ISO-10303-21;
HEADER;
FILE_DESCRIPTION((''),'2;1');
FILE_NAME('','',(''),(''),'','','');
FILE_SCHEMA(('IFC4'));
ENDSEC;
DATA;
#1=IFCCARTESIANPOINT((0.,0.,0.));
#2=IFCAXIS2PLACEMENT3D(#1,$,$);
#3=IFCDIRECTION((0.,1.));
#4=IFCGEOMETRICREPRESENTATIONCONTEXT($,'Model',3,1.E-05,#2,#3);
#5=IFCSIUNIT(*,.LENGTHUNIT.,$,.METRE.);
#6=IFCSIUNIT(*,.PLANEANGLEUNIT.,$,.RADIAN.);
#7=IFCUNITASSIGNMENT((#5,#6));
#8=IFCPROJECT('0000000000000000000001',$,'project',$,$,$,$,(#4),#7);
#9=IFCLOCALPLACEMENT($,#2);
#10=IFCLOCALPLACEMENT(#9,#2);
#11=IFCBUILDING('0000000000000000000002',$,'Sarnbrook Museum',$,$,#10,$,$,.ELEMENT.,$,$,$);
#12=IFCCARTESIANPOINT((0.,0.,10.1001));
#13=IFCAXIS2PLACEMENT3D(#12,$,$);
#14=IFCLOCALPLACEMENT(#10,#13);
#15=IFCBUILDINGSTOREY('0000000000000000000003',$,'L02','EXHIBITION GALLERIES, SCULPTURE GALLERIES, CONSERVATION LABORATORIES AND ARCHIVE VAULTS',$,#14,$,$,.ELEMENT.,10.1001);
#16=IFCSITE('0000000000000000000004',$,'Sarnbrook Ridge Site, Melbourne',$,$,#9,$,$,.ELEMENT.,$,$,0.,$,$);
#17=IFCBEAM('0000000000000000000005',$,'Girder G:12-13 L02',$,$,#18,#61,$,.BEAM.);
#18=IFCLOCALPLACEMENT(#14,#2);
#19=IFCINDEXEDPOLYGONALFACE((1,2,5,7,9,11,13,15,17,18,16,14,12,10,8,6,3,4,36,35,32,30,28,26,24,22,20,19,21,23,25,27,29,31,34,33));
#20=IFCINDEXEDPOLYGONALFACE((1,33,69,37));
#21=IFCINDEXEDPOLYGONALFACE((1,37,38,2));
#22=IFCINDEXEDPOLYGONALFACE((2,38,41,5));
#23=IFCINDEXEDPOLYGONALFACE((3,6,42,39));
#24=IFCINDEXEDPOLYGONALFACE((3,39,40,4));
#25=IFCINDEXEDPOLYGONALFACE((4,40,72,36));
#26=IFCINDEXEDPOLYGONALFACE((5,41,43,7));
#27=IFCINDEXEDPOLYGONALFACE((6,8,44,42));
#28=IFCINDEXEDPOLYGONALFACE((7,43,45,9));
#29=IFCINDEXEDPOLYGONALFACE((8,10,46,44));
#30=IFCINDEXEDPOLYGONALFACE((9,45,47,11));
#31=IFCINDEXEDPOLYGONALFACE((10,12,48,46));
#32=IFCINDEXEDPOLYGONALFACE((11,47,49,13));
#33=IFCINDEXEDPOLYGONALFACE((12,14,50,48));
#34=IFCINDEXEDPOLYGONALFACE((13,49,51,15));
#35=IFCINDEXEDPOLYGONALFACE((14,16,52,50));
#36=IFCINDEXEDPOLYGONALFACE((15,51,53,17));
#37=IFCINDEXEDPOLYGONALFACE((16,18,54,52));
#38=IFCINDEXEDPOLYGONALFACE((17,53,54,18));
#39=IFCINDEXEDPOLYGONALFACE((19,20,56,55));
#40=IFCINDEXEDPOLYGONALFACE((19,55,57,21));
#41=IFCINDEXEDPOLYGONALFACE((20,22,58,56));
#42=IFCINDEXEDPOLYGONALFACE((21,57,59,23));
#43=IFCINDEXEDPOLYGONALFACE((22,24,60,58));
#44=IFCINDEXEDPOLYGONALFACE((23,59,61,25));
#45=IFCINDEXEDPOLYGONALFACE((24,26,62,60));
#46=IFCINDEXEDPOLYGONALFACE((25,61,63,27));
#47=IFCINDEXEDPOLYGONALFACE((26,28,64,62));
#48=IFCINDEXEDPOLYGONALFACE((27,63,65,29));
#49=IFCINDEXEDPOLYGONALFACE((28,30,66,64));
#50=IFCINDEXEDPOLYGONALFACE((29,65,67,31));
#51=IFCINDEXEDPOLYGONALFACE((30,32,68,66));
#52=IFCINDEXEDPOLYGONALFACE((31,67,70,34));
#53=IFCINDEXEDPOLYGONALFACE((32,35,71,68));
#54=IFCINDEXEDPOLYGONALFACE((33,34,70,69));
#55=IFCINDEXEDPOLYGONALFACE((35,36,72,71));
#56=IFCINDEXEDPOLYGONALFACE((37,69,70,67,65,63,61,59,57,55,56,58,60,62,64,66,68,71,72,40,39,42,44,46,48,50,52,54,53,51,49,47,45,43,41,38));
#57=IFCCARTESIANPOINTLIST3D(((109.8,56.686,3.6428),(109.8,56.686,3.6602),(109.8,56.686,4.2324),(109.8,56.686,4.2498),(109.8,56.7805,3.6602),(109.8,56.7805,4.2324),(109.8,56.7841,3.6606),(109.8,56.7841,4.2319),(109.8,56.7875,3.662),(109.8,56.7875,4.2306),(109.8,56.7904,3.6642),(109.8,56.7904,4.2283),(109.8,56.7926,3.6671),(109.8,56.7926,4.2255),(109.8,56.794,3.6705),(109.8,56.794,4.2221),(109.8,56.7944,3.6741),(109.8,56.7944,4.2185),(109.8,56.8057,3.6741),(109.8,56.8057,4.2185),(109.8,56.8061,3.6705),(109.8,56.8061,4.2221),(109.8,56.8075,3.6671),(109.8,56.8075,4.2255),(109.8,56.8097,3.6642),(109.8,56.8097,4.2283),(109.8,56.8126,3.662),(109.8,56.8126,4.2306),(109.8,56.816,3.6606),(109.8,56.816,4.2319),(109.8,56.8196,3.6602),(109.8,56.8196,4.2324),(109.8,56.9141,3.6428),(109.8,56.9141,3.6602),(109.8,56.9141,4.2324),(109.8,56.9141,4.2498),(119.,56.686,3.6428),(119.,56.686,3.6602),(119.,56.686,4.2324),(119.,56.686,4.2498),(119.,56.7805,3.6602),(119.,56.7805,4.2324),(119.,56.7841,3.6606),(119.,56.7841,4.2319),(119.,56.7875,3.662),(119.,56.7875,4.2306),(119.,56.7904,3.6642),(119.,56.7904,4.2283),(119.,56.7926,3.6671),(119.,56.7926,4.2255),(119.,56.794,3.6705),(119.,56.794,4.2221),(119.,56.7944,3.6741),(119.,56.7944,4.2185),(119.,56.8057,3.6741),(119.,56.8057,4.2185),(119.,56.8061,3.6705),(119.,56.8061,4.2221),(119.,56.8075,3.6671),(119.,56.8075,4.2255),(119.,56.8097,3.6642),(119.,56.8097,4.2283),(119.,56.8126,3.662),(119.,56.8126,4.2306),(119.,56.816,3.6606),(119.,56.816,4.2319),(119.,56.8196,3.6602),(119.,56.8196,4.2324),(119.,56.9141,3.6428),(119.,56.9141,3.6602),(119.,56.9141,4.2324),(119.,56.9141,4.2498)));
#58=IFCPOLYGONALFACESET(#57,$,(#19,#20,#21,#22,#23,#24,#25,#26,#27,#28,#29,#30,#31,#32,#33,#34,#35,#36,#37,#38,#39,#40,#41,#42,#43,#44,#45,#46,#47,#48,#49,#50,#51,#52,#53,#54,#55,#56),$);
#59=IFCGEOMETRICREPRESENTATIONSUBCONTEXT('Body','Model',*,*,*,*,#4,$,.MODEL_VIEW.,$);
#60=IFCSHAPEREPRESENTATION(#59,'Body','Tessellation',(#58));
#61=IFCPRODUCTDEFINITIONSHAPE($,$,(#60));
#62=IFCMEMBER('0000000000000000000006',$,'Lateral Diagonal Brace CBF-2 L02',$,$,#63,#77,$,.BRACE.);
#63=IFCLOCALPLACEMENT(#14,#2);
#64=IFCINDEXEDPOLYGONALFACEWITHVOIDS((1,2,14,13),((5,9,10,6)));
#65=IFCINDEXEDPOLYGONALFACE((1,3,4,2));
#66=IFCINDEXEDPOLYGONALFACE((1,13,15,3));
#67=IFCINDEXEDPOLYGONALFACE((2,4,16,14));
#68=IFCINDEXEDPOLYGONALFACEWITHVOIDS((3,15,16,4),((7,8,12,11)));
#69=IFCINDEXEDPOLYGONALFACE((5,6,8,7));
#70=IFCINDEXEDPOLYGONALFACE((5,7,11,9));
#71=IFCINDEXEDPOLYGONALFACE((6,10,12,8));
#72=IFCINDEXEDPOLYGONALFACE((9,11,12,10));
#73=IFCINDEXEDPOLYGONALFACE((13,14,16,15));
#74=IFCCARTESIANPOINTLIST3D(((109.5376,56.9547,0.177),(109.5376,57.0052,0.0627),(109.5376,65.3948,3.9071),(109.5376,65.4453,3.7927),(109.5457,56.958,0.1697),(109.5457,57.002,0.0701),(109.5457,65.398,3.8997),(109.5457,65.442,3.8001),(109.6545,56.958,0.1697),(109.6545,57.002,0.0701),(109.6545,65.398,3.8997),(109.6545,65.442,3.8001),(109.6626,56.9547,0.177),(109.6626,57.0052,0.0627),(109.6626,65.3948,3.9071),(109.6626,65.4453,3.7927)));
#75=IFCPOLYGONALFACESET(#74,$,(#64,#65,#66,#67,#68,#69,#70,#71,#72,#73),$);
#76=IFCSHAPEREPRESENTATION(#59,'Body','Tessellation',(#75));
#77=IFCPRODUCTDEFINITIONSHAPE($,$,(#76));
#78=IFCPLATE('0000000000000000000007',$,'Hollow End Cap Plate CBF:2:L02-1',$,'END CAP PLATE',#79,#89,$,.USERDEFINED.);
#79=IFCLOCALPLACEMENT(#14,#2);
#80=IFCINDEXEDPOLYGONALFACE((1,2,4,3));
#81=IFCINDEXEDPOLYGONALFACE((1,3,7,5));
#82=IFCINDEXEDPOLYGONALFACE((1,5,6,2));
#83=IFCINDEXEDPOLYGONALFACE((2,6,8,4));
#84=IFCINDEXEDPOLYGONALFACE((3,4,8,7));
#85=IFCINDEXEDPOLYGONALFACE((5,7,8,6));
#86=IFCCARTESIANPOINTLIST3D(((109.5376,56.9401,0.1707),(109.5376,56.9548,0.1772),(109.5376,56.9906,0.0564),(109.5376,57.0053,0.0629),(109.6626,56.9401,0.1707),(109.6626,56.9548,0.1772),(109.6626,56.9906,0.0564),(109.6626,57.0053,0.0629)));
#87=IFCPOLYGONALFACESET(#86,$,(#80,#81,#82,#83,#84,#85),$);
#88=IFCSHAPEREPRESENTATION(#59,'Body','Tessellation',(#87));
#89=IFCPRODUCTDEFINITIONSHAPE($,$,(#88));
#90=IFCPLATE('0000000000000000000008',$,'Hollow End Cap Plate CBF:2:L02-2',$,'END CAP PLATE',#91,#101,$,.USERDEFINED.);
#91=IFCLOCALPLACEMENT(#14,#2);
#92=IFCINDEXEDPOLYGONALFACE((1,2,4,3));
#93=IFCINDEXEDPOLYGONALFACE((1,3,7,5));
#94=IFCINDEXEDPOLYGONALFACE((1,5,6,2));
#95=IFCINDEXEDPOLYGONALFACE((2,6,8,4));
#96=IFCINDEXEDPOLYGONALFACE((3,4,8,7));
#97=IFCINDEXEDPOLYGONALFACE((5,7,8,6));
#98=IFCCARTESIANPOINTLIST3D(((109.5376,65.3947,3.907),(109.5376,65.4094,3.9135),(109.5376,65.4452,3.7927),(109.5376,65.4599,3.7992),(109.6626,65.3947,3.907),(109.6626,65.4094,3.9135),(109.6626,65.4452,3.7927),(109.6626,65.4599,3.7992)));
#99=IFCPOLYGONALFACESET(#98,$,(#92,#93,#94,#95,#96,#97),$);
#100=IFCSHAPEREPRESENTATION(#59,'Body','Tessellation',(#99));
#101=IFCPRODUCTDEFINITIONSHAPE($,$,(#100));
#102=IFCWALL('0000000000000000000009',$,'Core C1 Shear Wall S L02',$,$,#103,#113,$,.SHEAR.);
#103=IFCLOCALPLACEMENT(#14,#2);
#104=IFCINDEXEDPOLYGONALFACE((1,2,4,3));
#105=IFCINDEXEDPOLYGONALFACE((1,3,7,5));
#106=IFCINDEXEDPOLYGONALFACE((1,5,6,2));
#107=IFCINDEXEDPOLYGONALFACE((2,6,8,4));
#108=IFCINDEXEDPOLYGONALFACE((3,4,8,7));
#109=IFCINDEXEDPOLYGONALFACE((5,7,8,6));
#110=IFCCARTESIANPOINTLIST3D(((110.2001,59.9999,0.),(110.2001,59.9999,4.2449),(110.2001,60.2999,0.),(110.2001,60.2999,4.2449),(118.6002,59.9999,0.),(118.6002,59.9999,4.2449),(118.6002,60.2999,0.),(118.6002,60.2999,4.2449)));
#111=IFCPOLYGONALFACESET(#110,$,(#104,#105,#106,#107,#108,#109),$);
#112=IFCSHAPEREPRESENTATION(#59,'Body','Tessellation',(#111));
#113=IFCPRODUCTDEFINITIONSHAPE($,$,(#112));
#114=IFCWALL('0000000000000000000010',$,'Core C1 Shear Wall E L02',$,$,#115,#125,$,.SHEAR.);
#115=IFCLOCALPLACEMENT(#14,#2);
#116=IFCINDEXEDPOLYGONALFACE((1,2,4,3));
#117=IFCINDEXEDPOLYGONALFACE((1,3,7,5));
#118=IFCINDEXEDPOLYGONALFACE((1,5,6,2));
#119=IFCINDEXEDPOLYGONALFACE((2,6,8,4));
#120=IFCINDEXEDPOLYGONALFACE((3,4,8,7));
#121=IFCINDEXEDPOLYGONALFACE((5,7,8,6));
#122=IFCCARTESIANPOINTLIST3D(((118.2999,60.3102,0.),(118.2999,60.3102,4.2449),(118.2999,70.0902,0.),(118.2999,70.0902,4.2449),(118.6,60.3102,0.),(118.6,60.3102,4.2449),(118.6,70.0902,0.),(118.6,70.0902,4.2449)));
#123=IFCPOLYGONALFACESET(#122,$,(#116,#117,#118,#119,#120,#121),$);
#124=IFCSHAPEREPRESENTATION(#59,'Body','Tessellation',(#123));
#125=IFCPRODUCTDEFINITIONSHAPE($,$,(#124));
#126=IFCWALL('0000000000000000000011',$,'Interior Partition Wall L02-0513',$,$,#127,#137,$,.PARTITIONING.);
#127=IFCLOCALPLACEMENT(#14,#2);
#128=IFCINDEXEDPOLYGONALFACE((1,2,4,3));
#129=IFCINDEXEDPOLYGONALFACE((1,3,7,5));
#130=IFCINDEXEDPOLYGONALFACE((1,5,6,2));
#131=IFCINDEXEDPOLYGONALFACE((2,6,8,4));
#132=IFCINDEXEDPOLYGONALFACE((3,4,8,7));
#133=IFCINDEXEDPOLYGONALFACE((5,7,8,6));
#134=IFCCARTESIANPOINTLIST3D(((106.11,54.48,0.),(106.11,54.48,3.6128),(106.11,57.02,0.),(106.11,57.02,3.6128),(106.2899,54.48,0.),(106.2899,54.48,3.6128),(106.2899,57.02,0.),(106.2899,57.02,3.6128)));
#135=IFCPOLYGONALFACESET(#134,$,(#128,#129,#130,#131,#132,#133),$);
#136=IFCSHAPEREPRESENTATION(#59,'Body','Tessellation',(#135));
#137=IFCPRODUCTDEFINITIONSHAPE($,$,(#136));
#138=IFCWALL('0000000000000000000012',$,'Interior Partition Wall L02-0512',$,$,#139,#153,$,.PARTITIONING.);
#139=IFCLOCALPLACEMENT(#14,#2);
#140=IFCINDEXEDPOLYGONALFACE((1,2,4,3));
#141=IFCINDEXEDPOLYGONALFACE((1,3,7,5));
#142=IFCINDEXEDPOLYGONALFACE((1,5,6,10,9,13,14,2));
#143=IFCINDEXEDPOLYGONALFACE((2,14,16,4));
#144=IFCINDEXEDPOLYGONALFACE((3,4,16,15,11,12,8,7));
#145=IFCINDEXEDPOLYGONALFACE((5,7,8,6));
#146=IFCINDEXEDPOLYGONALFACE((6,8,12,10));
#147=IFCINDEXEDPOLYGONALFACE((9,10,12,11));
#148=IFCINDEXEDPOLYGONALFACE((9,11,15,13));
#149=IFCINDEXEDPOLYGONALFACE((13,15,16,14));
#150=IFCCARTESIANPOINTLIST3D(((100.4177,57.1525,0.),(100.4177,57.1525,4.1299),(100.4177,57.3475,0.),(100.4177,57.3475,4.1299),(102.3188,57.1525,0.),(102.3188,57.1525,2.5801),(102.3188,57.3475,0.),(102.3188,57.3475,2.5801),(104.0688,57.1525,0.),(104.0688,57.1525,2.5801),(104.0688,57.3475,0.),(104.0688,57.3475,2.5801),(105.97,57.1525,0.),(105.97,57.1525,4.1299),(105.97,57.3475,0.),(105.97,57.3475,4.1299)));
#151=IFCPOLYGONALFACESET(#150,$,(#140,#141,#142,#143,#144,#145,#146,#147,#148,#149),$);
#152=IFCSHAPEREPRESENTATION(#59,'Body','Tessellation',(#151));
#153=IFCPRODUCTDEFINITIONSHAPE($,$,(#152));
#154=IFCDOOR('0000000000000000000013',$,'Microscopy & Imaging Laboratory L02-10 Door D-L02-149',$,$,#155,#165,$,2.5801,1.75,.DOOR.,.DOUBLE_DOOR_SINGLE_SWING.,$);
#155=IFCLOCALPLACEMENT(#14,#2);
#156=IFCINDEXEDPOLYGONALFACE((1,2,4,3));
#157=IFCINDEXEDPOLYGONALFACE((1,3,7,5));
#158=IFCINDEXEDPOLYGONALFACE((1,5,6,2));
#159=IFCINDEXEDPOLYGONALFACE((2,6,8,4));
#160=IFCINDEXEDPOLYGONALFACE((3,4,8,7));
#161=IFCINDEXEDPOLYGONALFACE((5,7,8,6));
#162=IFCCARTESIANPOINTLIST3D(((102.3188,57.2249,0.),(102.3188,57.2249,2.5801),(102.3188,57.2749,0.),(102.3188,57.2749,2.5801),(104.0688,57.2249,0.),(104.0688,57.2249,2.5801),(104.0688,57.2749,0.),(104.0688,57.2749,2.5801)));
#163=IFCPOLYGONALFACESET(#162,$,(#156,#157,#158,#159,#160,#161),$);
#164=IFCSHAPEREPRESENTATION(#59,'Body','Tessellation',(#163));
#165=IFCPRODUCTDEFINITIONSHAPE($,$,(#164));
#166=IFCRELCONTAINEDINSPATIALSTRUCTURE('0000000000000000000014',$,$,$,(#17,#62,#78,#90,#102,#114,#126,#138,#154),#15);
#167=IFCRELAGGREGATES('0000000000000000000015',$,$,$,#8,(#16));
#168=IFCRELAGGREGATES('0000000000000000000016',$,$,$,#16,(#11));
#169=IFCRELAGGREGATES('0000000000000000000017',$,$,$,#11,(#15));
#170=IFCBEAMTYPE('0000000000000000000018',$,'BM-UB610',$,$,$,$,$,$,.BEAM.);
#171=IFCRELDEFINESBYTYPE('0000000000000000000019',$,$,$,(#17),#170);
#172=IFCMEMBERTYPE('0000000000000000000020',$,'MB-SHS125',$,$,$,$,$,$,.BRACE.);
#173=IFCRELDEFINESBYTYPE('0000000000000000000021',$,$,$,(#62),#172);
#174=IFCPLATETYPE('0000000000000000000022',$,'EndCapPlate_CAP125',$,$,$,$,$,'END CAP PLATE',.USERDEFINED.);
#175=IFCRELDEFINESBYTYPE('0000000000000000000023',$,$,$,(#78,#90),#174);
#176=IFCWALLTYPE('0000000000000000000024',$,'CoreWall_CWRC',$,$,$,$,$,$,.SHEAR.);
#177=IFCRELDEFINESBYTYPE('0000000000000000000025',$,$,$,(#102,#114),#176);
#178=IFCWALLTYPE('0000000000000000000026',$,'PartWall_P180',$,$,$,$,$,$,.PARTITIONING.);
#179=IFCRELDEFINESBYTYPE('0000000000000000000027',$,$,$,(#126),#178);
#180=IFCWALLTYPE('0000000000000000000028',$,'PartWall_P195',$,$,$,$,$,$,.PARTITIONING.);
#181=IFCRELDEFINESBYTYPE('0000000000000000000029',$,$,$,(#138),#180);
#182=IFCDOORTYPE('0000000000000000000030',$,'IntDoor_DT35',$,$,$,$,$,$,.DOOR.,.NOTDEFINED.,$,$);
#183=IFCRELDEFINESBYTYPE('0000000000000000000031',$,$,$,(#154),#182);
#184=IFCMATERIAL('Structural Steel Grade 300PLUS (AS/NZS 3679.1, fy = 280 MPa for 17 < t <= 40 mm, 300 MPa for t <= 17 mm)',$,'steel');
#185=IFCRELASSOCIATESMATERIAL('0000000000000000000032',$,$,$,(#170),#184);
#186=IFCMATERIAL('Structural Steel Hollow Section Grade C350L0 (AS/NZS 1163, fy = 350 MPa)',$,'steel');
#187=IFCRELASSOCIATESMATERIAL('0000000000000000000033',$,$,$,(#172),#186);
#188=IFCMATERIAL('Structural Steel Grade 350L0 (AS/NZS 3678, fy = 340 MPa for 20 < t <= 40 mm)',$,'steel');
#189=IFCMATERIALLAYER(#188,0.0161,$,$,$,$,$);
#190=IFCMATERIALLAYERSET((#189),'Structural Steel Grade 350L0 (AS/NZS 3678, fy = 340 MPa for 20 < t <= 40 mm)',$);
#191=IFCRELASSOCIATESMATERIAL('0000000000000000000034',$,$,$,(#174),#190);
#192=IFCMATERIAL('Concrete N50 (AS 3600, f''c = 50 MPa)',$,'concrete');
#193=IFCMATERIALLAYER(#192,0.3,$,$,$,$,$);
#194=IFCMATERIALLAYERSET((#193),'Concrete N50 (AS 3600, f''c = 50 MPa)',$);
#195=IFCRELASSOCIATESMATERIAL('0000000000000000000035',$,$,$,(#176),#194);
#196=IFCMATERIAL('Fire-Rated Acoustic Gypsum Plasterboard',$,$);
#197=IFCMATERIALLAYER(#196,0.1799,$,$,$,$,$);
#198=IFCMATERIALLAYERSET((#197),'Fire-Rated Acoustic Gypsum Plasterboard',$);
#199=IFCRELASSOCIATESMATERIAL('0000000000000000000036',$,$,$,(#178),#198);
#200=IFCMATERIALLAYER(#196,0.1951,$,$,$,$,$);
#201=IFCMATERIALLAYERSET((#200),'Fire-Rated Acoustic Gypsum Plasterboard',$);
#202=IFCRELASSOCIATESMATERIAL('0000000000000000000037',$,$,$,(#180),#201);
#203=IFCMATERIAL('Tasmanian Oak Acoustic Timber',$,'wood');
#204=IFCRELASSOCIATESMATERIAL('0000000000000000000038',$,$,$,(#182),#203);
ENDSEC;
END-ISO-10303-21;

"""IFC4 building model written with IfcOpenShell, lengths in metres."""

from ifc_helpers import new_model, si_unit, direction, frame, frame_2d, origin, origin_2d, place, context, subcontext, project, spatial, rectangle, hollow_rectangle, i_section, extrude, material, layer, layer_set, material_profile, profile_set, type_object, element, fill, save


model = new_model("IFC4")

# Units and contexts
model_context = context("Model", 3, precision=1e-05, world=origin(), true_north=direction((0.0, 1.0)))
body_context = subcontext(model_context, "Body", "Model", "MODEL_VIEW")
ifc_project = project(units=[si_unit("LENGTHUNIT", "METRE"), si_unit("PLANEANGLEUNIT", "RADIAN")], contexts=[model_context])

# Site, building, storey
site_placement = place(None, origin())
site = spatial("IfcSite", under=ifc_project, at=site_placement, Name="Sarnbrook Ridge Site, Melbourne", CompositionType="ELEMENT", RefElevation=0.0)
building_placement = place(site_placement, origin())
building = spatial("IfcBuilding", under=site, at=building_placement, Name="Sarnbrook Museum", CompositionType="ELEMENT")
storey_placement = place(building_placement, frame((0.0, 0.0, 10.1001)))
storey = spatial("IfcBuildingStorey", under=building, at=storey_placement, Name="L02", Description="EXHIBITION GALLERIES, SCULPTURE GALLERIES, CONSERVATION LABORATORIES AND ARCHIVE VAULTS", CompositionType="ELEMENT", Elevation=10.1001)

# Shared definitions
ifc_material_1 = material(Name="Structural Steel Grade 350L0 (AS/NZS 3678, fy = 340 MPa for 20 < t <= 40 mm)", Category="steel")

# Beam
ifc_material_2 = material(Name="Structural Steel Grade 300PLUS (AS/NZS 3679.1, fy = 280 MPa for 17 < t <= 40 mm, 300 MPa for t <= 17 mm)", Category="steel")
ifc_material_profile_1 = material_profile(ifc_material_2, i_section(OverallWidth=0.228, OverallDepth=0.6069, WebThickness=0.0112, FlangeThickness=0.0173, FilletRadius=0.0139, at=origin_2d()), Name="610UB113")
ifc_profile_set_1 = profile_set([ifc_material_profile_1], Name="Structural Steel Grade 300PLUS (AS/NZS 3679.1, fy = 280 MPa for 17 < t <= 40 mm, 300 MPa for t <= 17 mm)")
beam_type_1 = type_object("IfcBeamType", Name="BM-UB610", PredefinedType="BEAM", material=ifc_profile_set_1)
beam_placement = place(storey_placement, frame((109.8, 56.8, 3.9463), z_axis=(1.0, 0.0, 0.0), x_axis=(0.0, 1.0, 0.0)))
element("IfcBeam", 1, at=beam_placement, inside=storey, type_object=beam_type_1, Name="Girder G:12-13 L02", PredefinedType="BEAM", context=body_context, shape_type="SweptSolid", body=[
    extrude(i_section(OverallWidth=0.228, OverallDepth=0.6069, WebThickness=0.0112, FlangeThickness=0.0173, FilletRadius=0.0139, at=origin_2d()), origin(), (0.0, 0.0, 1.0), 9.2),
])

# Member
ifc_material_3 = material(Name="Structural Steel Hollow Section Grade C350L0 (AS/NZS 1163, fy = 350 MPa)", Category="steel")
ifc_material_profile_2 = material_profile(ifc_material_3, hollow_rectangle(XDim=0.125, YDim=0.125, WallThickness=0.0081, at=origin_2d()), Name="125x125x8.0SHS")
ifc_profile_set_2 = profile_set([ifc_material_profile_2], Name="Structural Steel Hollow Section Grade C350L0 (AS/NZS 1163, fy = 350 MPa)")
member_type = type_object("IfcMemberType", Name="MB-SHS125", PredefinedType="BRACE", material=ifc_profile_set_2)
member_placement = place(storey_placement, frame((109.6001, 56.98, 0.1199), z_axis=(0.0, 0.914658, 0.404228), x_axis=(-1.0, 0.0, 0.0)))
element("IfcMember", 2, at=member_placement, inside=storey, type_object=member_type, Name="Lateral Diagonal Brace CBF-2 L02", PredefinedType="BRACE", context=body_context, shape_type="SweptSolid", body=[
    extrude(hollow_rectangle(XDim=0.125, YDim=0.125, WallThickness=0.0081, at=origin_2d()), origin(), (0.0, 0.0, 1.0), 9.2275),
])

# Plates
ifc_layer_1 = layer(ifc_material_1, 0.0161)
ifc_layer_set_1 = layer_set([ifc_layer_1], Name="Structural Steel Grade 350L0 (AS/NZS 3678, fy = 340 MPa for 20 < t <= 40 mm)")
plate_type = type_object("IfcPlateType", Name="EndCapPlate_CAP125", ElementType="END CAP PLATE", PredefinedType="USERDEFINED", material=ifc_layer_set_1)
for number, where, z_axis, x_axis, name in (
    (3, (109.6001, 56.9653, 0.1135), (0.0, 0.914659, 0.404227), (-1.0, 0.0, 0.0), "Hollow End Cap Plate CBF:2:L02-1"),
    (4, (109.6001, 65.4199, 3.8499), (0.0, 0.914659, 0.404227), (-1.0, 0.0, 0.0), "Hollow End Cap Plate CBF:2:L02-2"),
):
    element("IfcPlate", number, at=place(storey_placement, frame(where, z_axis=z_axis, x_axis=x_axis)), inside=storey, type_object=plate_type, Name=name, ObjectType="END CAP PLATE", PredefinedType="USERDEFINED", context=body_context, shape_type="SweptSolid", body=[
        extrude(rectangle(XDim=0.125, YDim=0.125, at=origin_2d()), origin(), (0.0, 0.0, 1.0), 0.0161),
    ])

# Walls
ifc_material_4 = material(Name="Concrete N50 (AS 3600, f'c = 50 MPa)", Category="concrete")
ifc_layer_2 = layer(ifc_material_4, 0.3)
ifc_layer_set_2 = layer_set([ifc_layer_2], Name="Concrete N50 (AS 3600, f'c = 50 MPa)")
wall_type_1 = type_object("IfcWallType", Name="CoreWall_CWRC", PredefinedType="SHEAR", material=ifc_layer_set_2)
wall_1_placement = place(storey_placement, frame((110.2, 60.1499, 0.0), z_axis=(0.0, 0.0, 1.0), x_axis=(1.0, 0.0, 0.0)))
element("IfcWall", 5, at=wall_1_placement, inside=storey, type_object=wall_type_1, Name="Core C1 Shear Wall S L02", PredefinedType="SHEAR", context=body_context, shape_type="SweptSolid", body=[
    extrude(rectangle(XDim=8.4001, YDim=0.3, at=frame_2d((4.2002, 0.0))), origin(), (0.0, 0.0, 1.0), 4.2449),
])
wall_2_placement = place(storey_placement, frame((118.45, 60.3101, 0.0), z_axis=(0.0, 0.0, 1.0), x_axis=(0.0, 1.0, 0.0)))
element("IfcWall", 6, at=wall_2_placement, inside=storey, type_object=wall_type_1, Name="Core C1 Shear Wall E L02", PredefinedType="SHEAR", context=body_context, shape_type="SweptSolid", body=[
    extrude(rectangle(XDim=9.78, YDim=0.3, at=frame_2d((4.8901, 0.0))), origin(), (0.0, 0.0, 1.0), 4.2449),
])
ifc_material_5 = material(Name="Fire-Rated Acoustic Gypsum Plasterboard")
ifc_layer_3 = layer(ifc_material_5, 0.1799)
ifc_layer_set_3 = layer_set([ifc_layer_3], Name="Fire-Rated Acoustic Gypsum Plasterboard")
wall_type_2 = type_object("IfcWallType", Name="PartWall_P180", PredefinedType="PARTITIONING", material=ifc_layer_set_3)
wall_3_placement = place(storey_placement, frame((106.2, 57.02, 0.0), z_axis=(0.0, 0.0, 1.0), x_axis=(0.0, -1.0, 0.0)))
element("IfcWall", 7, at=wall_3_placement, inside=storey, type_object=wall_type_2, Name="Interior Partition Wall L02-0513", PredefinedType="PARTITIONING", context=body_context, shape_type="SweptSolid", body=[
    extrude(rectangle(XDim=2.54, YDim=0.1799, at=frame_2d((1.27, 0.0))), origin(), (0.0, 0.0, 1.0), 3.6128),
])

# Wall, opening, door
ifc_layer_4 = layer(ifc_material_5, 0.1951)
ifc_layer_set_4 = layer_set([ifc_layer_4], Name="Fire-Rated Acoustic Gypsum Plasterboard")
wall_type_3 = type_object("IfcWallType", Name="PartWall_P195", PredefinedType="PARTITIONING", material=ifc_layer_set_4)
wall_4_placement = place(storey_placement, frame((100.4177, 57.25, 0.0), z_axis=(0.0, 0.0, 1.0), x_axis=(1.0, 0.0, 0.0)))
wall_4 = element("IfcWall", 8, at=wall_4_placement, inside=storey, type_object=wall_type_3, Name="Interior Partition Wall L02-0512", PredefinedType="PARTITIONING", context=body_context, shape_type="SweptSolid", body=[
    extrude(rectangle(XDim=5.5522, YDim=0.1951, at=frame_2d((2.7761, 0.0))), origin(), (0.0, 0.0, 1.0), 4.1299),
])
opening_1_placement = place(wall_4_placement, frame((1.9011, 0.0, 0.0)))
opening_1 = element("IfcOpeningElement", 9, at=opening_1_placement, cuts=wall_4, PredefinedType="OPENING", context=body_context, shape_type="SweptSolid", body=[
    extrude(rectangle(XDim=1.75, YDim=2.5801, at=frame_2d((0.875, 1.29))), frame((0.0, 0.1074, 0.0), z_axis=(0.0, -1.0, 0.0), x_axis=(1.0, 0.0, 0.0)), (0.0, 0.0, 1.0), 0.2151),
])
ifc_material_6 = material(Name="Tasmanian Oak Acoustic Timber", Category="wood")
door_type_1 = type_object("IfcDoorType", Name="IntDoor_DT35", OperationType="NOTDEFINED", PredefinedType="DOOR", material=ifc_material_6)
door_1_placement = place(opening_1_placement, origin())
door_1 = element("IfcDoor", 10, at=door_1_placement, inside=storey, type_object=door_type_1, Name="Microscopy & Imaging Laboratory L02-10 Door D-L02-149", OperationType="DOUBLE_DOOR_SINGLE_SWING", OverallHeight=2.5801, OverallWidth=1.75, PredefinedType="DOOR", context=body_context, shape_type="SweptSolid", body=[
    extrude(rectangle(XDim=1.75, YDim=2.5801, at=frame_2d((0.875, 1.29))), frame((0.0, 0.0249, 0.0), z_axis=(0.0, -1.0, 0.0), x_axis=(1.0, 0.0, 0.0)), (0.0, 0.0, 1.0), 0.05),
])
fill(opening_1, door_1)

save(model, "model.ifc")
